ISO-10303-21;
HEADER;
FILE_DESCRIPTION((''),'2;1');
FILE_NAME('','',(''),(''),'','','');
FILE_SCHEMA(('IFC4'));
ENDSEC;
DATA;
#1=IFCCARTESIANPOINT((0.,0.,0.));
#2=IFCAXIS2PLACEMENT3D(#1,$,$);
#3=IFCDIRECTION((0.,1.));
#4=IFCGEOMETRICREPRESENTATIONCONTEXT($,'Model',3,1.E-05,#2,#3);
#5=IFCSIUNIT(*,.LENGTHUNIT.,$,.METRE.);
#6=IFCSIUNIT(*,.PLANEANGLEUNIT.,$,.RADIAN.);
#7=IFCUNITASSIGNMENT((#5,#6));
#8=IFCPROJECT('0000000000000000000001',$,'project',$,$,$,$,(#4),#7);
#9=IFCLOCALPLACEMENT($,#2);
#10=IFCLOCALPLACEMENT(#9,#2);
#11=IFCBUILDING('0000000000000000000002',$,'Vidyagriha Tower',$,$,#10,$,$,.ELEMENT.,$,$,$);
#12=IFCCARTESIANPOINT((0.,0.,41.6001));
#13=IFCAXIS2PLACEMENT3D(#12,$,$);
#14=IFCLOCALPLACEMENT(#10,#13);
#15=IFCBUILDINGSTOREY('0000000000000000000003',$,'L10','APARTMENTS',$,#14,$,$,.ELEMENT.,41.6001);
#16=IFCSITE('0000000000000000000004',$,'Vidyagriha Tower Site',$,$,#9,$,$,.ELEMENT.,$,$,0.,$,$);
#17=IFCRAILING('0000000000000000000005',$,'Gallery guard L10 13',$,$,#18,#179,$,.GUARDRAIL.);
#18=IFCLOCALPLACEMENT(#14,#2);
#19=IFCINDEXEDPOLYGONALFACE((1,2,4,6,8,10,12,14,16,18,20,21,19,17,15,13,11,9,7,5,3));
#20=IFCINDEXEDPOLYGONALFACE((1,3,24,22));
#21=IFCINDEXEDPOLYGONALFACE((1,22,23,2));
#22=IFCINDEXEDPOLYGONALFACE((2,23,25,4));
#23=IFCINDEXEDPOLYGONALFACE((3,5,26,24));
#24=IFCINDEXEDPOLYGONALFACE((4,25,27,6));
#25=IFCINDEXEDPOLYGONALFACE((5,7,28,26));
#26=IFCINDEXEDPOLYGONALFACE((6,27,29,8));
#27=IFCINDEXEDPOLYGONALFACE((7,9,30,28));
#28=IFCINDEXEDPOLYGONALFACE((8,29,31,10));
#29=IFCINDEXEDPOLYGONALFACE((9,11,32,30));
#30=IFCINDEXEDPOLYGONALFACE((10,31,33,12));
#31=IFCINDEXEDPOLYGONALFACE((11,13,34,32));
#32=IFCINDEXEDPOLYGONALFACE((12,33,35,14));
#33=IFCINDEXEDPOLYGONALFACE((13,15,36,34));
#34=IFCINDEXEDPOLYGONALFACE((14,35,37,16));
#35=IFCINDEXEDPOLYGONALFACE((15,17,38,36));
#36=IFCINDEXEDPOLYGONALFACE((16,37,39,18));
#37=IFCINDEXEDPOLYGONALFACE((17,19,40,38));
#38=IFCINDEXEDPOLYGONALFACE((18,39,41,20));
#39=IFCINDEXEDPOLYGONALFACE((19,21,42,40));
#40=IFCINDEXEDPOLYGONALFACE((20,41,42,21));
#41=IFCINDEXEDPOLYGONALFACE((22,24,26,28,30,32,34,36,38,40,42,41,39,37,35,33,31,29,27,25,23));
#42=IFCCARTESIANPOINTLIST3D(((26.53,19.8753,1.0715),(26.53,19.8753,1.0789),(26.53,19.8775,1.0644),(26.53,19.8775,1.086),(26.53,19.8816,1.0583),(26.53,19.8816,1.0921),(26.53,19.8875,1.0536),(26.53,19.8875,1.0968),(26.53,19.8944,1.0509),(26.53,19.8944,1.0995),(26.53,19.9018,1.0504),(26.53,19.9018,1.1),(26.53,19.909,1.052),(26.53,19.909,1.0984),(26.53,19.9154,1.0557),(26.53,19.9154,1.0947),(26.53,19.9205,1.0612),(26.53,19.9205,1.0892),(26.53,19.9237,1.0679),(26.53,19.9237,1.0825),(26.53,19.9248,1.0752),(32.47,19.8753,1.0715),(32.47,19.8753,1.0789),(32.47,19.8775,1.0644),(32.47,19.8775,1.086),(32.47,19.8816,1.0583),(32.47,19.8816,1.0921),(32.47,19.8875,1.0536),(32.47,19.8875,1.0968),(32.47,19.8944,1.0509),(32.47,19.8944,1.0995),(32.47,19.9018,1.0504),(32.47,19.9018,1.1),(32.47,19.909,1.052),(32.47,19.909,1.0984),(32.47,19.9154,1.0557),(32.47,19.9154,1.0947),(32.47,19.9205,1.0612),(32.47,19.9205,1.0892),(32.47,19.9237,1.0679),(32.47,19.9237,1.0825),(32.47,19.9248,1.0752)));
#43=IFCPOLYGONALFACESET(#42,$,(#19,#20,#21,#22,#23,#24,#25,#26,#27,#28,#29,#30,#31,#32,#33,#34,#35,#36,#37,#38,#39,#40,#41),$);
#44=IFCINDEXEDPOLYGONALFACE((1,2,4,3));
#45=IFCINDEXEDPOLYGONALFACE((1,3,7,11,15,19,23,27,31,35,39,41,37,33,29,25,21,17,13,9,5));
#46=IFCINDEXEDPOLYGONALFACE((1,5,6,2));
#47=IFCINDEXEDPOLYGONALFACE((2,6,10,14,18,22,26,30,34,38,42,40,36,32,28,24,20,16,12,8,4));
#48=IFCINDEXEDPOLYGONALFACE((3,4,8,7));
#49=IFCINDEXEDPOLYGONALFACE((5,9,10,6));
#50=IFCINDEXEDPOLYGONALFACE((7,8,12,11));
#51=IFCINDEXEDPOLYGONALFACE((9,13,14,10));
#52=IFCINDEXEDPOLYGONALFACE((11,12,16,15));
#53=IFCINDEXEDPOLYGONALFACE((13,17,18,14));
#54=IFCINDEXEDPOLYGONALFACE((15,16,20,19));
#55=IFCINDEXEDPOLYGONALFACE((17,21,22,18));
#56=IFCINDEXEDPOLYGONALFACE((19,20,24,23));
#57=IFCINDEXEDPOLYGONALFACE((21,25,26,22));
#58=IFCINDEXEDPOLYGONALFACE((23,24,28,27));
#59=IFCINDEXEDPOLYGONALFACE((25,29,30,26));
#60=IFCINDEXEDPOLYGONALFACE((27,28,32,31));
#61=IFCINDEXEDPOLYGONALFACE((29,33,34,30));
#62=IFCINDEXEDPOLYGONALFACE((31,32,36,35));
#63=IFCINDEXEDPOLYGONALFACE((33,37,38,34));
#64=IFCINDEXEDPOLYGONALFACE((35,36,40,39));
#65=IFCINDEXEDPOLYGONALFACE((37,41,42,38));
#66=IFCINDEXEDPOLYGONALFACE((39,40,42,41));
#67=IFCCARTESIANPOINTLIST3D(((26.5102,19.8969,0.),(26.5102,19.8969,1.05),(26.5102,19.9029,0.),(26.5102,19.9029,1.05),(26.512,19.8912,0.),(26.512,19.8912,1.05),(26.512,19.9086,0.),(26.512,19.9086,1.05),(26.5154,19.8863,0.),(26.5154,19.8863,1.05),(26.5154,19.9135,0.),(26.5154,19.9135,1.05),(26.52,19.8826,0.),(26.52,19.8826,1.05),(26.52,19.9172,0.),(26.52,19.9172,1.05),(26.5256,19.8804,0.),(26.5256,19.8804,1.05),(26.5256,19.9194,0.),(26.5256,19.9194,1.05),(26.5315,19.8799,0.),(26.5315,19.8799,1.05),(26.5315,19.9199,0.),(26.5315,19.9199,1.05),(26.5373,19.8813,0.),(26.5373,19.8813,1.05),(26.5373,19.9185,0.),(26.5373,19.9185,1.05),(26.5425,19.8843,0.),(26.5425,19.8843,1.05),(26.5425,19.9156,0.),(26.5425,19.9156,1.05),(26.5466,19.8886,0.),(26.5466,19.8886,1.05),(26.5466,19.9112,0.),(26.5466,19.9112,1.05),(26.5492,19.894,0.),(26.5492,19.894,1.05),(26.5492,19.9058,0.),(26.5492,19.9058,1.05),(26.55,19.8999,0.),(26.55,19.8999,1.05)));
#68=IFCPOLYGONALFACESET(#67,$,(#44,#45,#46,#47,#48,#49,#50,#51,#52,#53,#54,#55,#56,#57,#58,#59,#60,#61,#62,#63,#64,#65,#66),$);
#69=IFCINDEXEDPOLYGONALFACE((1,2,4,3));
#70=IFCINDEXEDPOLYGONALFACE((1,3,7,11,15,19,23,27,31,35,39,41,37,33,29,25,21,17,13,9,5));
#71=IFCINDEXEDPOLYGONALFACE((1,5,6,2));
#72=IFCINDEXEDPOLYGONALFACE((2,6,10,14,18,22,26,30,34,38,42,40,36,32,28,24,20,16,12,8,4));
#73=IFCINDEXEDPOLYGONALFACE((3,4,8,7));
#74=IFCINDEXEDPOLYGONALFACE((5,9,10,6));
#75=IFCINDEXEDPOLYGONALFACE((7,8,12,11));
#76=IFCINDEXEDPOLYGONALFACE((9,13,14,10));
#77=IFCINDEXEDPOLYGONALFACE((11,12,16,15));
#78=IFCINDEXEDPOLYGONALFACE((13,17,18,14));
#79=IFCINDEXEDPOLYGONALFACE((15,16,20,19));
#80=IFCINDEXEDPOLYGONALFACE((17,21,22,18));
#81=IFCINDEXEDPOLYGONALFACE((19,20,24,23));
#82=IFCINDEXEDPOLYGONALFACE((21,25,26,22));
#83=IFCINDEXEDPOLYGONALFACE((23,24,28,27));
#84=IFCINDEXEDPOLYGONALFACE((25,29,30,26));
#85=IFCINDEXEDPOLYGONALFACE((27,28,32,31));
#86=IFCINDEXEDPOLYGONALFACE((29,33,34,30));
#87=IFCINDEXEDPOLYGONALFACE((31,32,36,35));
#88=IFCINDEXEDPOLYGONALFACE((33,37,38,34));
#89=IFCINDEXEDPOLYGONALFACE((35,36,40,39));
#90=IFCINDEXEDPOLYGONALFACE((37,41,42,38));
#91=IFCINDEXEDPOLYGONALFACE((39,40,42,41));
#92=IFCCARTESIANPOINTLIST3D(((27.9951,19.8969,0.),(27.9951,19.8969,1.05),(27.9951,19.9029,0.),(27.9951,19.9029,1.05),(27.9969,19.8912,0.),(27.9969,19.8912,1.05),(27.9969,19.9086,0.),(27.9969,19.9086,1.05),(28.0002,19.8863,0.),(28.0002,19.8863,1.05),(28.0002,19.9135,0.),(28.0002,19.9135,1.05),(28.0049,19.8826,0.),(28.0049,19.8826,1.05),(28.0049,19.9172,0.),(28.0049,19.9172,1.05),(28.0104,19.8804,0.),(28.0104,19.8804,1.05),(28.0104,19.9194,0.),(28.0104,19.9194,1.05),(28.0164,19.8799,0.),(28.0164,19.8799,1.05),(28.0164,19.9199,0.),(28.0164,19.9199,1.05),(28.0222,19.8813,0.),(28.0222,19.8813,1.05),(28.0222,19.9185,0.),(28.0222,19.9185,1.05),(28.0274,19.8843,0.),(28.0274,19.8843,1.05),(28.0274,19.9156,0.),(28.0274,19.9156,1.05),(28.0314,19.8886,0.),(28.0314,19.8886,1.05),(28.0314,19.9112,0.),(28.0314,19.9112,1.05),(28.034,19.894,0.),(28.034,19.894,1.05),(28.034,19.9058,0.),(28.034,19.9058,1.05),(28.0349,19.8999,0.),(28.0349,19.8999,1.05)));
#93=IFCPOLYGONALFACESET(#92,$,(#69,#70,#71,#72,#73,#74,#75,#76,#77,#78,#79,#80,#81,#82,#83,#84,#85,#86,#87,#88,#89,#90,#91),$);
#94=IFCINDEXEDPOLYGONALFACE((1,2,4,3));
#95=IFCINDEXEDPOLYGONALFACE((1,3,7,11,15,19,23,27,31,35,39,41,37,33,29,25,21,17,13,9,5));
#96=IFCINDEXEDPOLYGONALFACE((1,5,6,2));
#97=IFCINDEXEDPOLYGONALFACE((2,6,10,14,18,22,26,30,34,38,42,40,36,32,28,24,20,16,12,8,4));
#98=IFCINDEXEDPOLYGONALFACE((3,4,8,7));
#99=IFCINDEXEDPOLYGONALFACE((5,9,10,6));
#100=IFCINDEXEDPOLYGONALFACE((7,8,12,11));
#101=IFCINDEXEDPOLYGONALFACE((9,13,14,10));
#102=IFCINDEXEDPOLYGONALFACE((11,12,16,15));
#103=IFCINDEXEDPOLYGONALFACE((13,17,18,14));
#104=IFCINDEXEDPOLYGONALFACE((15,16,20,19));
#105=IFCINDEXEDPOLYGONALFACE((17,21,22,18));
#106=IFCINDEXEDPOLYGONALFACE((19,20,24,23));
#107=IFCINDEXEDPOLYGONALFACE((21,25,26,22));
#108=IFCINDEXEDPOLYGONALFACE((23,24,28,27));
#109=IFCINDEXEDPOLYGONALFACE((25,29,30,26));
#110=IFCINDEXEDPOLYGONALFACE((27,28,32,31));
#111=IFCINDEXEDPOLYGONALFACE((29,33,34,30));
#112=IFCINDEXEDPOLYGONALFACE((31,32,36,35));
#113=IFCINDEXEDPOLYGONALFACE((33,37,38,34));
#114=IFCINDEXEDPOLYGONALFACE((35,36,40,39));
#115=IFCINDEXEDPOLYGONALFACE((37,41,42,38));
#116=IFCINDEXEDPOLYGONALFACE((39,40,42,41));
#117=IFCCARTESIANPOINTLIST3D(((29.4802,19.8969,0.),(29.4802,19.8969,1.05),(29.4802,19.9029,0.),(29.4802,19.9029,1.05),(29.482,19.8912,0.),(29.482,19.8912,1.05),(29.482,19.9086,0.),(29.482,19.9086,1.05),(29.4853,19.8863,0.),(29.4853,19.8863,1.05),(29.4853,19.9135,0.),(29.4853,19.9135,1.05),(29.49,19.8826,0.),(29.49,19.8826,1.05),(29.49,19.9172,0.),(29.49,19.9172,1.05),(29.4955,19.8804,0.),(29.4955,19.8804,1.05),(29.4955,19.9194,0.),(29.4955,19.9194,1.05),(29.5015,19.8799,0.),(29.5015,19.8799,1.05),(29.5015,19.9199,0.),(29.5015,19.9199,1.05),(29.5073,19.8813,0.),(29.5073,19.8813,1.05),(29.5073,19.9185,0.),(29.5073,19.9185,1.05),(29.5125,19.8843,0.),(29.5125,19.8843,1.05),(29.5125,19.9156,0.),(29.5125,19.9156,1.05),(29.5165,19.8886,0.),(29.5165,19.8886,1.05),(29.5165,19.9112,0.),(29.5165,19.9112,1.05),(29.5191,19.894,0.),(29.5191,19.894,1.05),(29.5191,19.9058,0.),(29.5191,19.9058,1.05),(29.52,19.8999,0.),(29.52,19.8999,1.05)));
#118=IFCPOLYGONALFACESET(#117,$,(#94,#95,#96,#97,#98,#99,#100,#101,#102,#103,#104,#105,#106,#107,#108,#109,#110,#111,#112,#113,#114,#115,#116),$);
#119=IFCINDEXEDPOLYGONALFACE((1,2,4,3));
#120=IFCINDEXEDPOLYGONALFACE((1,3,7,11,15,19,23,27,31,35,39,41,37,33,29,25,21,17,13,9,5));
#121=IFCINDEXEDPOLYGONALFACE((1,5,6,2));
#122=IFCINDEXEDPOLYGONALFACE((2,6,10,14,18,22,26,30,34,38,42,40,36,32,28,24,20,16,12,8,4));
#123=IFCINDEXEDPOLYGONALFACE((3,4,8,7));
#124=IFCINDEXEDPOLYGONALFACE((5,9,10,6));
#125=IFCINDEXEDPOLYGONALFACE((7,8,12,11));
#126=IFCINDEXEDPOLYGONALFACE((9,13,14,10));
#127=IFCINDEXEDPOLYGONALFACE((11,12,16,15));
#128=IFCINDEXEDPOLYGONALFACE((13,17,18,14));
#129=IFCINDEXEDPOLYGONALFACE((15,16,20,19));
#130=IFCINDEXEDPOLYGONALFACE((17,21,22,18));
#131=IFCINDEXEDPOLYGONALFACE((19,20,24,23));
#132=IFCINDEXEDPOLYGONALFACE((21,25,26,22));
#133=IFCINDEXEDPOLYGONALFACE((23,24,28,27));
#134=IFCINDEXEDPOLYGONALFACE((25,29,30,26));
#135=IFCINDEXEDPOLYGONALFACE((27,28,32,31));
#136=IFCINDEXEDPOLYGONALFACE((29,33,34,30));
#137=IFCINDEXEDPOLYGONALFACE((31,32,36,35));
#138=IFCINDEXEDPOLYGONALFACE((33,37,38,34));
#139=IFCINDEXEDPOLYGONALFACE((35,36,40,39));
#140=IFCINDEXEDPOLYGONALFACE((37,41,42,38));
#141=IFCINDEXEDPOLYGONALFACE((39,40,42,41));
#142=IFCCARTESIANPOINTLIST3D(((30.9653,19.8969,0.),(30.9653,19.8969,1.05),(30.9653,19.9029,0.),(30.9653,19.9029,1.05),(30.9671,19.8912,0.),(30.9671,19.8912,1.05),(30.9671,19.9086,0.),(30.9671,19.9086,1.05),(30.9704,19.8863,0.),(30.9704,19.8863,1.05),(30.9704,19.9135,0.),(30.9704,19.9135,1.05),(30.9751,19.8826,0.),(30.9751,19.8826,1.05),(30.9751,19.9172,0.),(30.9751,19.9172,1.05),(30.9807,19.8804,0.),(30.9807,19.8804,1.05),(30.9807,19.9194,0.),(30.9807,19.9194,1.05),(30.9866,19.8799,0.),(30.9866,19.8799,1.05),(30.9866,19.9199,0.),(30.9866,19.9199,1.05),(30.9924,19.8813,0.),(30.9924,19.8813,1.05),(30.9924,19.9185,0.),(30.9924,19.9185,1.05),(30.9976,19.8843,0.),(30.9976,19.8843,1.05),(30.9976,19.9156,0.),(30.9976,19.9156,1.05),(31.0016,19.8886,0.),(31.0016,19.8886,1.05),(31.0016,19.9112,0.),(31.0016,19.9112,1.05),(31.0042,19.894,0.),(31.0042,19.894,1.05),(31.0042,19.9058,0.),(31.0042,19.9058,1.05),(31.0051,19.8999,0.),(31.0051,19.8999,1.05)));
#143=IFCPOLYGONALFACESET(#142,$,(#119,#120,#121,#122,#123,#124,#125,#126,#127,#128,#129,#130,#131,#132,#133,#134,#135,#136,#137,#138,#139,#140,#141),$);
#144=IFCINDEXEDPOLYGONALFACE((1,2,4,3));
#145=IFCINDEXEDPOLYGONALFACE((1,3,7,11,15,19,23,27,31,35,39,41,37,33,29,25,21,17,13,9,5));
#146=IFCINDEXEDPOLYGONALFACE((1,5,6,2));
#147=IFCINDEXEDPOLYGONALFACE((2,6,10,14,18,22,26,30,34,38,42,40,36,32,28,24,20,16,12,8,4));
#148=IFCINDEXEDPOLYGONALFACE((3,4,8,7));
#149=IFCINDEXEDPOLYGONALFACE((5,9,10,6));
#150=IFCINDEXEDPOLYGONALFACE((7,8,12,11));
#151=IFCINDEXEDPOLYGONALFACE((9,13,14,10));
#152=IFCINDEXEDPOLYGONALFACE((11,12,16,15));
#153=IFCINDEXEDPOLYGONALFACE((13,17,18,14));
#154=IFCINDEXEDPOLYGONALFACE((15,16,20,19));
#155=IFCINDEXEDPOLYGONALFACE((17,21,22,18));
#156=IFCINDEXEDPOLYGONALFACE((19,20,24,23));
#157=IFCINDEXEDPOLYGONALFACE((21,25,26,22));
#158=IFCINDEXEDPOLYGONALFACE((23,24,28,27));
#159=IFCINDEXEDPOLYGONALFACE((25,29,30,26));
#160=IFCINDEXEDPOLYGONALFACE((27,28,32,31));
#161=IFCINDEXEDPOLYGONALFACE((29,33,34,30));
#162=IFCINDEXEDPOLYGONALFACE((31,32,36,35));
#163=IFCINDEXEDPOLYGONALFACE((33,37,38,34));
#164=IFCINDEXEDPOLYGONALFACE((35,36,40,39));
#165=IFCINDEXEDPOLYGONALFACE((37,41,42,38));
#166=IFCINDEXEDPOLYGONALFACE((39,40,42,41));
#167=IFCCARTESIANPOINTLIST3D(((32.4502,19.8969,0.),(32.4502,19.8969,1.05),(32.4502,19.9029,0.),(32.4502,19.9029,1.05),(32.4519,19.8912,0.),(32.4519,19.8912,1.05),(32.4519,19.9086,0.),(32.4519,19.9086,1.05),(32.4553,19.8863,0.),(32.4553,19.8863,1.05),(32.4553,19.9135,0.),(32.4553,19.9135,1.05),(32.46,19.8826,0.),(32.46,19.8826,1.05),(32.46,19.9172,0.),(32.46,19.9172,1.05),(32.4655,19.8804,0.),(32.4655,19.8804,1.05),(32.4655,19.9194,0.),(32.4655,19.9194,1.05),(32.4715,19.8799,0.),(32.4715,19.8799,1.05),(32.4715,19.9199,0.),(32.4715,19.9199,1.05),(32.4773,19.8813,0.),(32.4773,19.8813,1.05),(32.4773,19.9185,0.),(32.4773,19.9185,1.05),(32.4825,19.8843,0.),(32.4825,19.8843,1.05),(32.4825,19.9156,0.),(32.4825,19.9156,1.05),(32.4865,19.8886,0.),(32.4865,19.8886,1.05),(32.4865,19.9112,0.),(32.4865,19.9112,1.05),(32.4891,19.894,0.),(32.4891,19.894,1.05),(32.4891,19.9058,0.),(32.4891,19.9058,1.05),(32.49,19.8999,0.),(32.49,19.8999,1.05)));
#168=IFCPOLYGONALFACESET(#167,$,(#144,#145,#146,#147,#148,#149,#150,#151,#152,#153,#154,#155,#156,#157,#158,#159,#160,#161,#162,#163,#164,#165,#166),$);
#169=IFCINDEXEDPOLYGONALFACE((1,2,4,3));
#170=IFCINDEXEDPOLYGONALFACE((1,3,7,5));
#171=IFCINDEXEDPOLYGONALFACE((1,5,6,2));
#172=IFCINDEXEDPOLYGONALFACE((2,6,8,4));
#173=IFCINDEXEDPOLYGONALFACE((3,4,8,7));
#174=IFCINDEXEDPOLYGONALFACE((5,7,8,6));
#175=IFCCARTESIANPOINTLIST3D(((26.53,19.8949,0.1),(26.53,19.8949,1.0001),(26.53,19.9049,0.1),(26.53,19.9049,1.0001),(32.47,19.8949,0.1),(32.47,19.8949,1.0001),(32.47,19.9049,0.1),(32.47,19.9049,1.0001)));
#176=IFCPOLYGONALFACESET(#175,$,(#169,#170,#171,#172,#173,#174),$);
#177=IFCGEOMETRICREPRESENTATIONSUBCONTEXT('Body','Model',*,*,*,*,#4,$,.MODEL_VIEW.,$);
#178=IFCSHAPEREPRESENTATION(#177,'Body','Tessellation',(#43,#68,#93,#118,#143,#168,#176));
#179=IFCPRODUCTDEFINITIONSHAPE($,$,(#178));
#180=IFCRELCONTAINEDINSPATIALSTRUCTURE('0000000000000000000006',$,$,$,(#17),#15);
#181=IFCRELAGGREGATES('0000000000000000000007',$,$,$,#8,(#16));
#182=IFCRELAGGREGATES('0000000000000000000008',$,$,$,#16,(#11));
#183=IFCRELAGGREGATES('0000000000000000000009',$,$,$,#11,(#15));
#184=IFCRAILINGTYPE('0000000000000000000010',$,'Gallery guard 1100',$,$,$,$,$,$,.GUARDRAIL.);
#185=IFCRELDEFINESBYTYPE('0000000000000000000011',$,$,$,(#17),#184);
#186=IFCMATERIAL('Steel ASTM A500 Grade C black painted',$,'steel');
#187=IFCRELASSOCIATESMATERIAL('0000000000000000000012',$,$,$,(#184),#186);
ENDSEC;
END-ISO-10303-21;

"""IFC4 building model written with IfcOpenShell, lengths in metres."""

from ifc_helpers import new_model, si_unit, direction, frame, origin, origin_2d, place, context, subcontext, project, spatial, rectangle, circle, extrude, material, type_object, element, save


model = new_model("IFC4")

# Units and contexts
model_context = context("Model", 3, precision=1e-05, world=origin(), true_north=direction((0.0, 1.0)))
body_context = subcontext(model_context, "Body", "Model", "MODEL_VIEW")
ifc_project = project(units=[si_unit("LENGTHUNIT", "METRE"), si_unit("PLANEANGLEUNIT", "RADIAN")], contexts=[model_context])

# Site, building, storey
site_placement = place(None, origin())
site = spatial("IfcSite", under=ifc_project, at=site_placement, Name="Vidyagriha Tower Site", CompositionType="ELEMENT", RefElevation=0.0)
building_placement = place(site_placement, origin())
building = spatial("IfcBuilding", under=site, at=building_placement, Name="Vidyagriha Tower", CompositionType="ELEMENT")
storey_placement = place(building_placement, frame((0.0, 0.0, 41.6001)))
storey = spatial("IfcBuildingStorey", under=building, at=storey_placement, Name="L10", Description="APARTMENTS", CompositionType="ELEMENT", Elevation=41.6001)

# Railing
ifc_material_1 = material(Name="Steel ASTM A500 Grade C black painted", Category="steel")
railing_type = type_object("IfcRailingType", Name="Gallery guard 1100", PredefinedType="GUARDRAIL", material=ifc_material_1)
railing_1_placement = place(storey_placement, frame((26.53, 19.8999, 0.0)))
element("IfcRailing", 1, at=railing_1_placement, inside=storey, type_object=railing_type, Name="Gallery guard L10 13", PredefinedType="GUARDRAIL", context=body_context, shape_type="SweptSolid", body=[
    extrude(circle(Radius=0.0249, at=origin_2d()), frame((0.0, 0.0, 1.0752), z_axis=(1.0, 0.0, 0.0), x_axis=(0.0, 1.0, 0.0)), (0.0, 0.0, 1.0), 5.9399),
    extrude(circle(Radius=0.02, at=origin_2d()), origin(), (0.0, 0.0, 1.0), 1.05),
    extrude(circle(Radius=0.02, at=origin_2d()), frame((1.4849, 0.0, 0.0)), (0.0, 0.0, 1.0), 1.05),
    extrude(circle(Radius=0.02, at=origin_2d()), frame((2.97, 0.0, 0.0)), (0.0, 0.0, 1.0), 1.05),
    extrude(circle(Radius=0.02, at=origin_2d()), frame((4.4551, 0.0, 0.0)), (0.0, 0.0, 1.0), 1.05),
    extrude(circle(Radius=0.02, at=origin_2d()), frame((5.9399, 0.0, 0.0)), (0.0, 0.0, 1.0), 1.05),
    extrude(rectangle(XDim=0.01, YDim=0.9001, at=origin_2d()), frame((0.0, 0.0, 0.55), z_axis=(1.0, 0.0, 0.0), x_axis=(0.0, 1.0, 0.0)), (0.0, 0.0, 1.0), 5.9399),
])

save(model, "model.ifc")
